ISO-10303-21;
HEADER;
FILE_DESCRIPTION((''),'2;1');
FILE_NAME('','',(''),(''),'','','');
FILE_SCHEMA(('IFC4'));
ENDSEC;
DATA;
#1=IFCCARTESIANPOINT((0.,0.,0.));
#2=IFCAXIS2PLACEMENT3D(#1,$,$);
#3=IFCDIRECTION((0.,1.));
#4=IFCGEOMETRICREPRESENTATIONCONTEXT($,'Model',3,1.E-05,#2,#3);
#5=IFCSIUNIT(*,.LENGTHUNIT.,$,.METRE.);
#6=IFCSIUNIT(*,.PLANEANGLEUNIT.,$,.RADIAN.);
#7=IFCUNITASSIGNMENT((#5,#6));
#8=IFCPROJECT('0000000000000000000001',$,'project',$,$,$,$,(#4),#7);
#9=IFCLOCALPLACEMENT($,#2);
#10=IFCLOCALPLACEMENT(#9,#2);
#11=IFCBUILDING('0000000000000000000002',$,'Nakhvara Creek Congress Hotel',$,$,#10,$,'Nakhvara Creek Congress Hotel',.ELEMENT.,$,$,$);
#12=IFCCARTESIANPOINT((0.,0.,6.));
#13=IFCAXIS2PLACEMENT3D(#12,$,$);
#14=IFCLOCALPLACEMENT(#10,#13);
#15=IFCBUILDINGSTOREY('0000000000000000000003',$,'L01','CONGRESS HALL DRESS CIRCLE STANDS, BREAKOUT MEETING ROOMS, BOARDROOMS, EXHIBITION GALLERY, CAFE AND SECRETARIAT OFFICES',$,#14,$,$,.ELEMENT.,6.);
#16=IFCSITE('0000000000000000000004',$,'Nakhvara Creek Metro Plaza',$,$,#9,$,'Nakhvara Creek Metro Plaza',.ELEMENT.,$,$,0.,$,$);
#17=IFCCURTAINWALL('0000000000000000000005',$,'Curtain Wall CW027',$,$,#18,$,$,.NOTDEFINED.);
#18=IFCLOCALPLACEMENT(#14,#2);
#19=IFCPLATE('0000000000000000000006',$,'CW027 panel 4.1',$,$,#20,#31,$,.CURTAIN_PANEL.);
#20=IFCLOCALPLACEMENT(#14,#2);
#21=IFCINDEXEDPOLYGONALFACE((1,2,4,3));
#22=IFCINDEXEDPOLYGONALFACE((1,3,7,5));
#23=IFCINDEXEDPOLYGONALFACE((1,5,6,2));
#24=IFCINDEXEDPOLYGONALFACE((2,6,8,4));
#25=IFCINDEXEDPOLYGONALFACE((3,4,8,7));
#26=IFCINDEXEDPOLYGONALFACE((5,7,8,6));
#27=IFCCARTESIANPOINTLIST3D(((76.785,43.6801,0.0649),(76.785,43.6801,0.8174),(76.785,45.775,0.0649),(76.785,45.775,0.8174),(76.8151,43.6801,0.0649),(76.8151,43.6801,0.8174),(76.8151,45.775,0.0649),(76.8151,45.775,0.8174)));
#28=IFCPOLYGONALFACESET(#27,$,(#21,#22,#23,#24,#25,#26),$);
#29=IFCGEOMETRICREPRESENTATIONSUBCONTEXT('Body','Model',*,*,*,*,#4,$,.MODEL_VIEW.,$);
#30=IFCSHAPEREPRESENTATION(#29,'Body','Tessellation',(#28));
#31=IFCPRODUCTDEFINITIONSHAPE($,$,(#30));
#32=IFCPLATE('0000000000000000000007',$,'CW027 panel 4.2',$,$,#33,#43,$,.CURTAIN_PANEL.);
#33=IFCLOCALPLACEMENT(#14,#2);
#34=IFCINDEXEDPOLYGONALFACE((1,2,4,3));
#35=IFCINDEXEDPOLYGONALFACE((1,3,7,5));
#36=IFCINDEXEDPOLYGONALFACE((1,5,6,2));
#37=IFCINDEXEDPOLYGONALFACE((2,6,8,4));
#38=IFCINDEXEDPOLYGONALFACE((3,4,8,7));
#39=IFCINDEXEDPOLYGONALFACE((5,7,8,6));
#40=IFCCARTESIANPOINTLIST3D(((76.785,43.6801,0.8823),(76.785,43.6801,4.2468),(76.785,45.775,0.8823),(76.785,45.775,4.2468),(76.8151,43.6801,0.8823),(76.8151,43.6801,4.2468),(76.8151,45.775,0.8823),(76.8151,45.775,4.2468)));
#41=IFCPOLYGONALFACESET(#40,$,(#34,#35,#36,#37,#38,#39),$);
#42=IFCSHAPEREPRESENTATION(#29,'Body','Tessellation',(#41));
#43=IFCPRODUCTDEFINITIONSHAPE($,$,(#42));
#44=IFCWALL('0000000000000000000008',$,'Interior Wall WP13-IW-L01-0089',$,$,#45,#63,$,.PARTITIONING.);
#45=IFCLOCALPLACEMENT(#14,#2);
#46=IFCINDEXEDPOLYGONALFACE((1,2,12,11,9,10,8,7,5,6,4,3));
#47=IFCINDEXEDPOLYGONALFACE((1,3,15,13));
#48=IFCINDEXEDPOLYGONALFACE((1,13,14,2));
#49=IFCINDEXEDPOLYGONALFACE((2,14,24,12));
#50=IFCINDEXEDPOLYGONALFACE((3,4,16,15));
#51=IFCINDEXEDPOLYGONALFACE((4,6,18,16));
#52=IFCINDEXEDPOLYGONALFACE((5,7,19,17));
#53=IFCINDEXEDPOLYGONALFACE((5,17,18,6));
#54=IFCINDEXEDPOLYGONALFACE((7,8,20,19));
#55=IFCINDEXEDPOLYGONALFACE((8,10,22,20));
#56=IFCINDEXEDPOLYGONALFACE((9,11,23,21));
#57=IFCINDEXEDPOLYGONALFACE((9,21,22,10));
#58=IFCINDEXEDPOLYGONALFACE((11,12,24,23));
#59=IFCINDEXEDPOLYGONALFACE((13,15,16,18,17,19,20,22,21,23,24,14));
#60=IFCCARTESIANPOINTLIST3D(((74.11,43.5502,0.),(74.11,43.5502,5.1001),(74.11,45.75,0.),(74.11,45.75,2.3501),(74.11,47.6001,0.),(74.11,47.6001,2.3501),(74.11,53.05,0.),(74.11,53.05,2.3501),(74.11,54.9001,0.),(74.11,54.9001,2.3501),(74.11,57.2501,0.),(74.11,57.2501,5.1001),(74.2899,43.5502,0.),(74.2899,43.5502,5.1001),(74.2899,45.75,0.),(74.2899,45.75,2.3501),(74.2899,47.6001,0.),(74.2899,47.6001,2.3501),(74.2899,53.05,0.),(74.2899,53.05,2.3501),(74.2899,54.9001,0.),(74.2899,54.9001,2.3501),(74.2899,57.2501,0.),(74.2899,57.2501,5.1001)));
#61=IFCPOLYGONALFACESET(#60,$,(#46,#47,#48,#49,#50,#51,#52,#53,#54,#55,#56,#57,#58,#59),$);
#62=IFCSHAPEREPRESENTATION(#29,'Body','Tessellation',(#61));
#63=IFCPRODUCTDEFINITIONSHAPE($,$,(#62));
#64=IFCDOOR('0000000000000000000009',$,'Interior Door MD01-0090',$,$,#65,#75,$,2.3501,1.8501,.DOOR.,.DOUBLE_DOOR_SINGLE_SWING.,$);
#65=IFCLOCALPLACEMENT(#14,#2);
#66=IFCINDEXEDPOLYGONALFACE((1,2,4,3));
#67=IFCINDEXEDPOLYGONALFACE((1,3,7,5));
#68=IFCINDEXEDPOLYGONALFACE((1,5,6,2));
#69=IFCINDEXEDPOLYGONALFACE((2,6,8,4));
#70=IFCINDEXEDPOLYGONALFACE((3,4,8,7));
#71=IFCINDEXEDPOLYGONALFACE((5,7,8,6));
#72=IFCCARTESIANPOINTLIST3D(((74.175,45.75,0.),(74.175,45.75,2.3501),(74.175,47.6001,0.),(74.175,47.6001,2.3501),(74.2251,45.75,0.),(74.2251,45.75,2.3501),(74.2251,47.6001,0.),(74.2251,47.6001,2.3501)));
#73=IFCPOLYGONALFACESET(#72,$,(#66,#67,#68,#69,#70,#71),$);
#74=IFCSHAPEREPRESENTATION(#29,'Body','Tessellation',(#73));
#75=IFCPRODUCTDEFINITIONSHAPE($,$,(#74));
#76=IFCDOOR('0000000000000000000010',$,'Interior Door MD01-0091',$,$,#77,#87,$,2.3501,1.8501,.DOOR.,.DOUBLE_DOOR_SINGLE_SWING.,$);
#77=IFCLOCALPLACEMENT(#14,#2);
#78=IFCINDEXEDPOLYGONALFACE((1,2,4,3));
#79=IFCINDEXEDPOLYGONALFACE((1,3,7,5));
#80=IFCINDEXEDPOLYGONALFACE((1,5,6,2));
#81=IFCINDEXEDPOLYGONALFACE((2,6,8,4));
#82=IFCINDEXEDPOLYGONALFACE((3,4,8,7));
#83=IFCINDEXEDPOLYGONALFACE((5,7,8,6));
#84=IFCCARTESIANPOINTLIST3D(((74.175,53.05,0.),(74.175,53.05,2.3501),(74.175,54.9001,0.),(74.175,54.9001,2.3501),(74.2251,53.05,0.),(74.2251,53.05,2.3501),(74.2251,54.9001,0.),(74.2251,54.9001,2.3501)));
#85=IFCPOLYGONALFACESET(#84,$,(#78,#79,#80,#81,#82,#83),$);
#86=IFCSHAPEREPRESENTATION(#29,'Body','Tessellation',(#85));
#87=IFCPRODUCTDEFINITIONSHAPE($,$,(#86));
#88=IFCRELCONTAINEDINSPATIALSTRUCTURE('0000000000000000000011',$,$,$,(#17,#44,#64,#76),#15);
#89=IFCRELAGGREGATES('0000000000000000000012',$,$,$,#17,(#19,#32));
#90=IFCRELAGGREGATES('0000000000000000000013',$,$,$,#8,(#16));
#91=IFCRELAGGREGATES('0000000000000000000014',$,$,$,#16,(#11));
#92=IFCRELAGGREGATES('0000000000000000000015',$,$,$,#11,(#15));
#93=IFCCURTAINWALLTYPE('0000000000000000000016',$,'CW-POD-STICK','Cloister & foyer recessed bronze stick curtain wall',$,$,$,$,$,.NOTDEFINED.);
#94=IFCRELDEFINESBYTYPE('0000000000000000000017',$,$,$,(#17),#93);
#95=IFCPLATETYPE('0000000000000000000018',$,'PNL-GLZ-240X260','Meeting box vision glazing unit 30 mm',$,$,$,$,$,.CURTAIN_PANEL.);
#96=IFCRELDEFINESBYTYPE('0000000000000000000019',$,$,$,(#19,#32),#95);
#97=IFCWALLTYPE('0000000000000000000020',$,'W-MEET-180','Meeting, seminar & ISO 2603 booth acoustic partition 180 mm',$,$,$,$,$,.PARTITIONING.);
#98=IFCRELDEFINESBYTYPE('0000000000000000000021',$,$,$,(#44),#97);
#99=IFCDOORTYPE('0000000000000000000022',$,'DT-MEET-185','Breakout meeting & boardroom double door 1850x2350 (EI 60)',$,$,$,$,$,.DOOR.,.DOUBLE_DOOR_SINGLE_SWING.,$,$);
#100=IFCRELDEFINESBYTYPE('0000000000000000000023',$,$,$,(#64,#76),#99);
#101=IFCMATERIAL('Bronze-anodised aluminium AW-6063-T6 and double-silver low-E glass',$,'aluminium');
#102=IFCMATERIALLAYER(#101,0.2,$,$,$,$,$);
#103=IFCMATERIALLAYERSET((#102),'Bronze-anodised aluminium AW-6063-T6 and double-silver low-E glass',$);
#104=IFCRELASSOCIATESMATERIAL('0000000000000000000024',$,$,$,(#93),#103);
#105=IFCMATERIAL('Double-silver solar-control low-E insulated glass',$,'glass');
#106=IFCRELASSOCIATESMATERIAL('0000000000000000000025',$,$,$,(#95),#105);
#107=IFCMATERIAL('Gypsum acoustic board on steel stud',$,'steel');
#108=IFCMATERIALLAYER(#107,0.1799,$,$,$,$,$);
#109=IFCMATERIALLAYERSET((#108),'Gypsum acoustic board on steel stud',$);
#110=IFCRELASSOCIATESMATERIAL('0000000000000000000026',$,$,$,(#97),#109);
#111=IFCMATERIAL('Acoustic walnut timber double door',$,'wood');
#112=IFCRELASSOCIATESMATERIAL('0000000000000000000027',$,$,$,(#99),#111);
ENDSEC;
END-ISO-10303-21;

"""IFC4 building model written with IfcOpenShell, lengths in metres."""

from ifc_helpers import new_model, si_unit, direction, frame, frame_2d, origin, origin_2d, place, context, subcontext, project, spatial, rectangle, extrude, material, layer, layer_set, type_object, element, fill, aggregate, save


model = new_model("IFC4")

# Units and contexts
model_context = context("Model", 3, precision=1e-05, world=origin(), true_north=direction((0.0, 1.0)))
body_context = subcontext(model_context, "Body", "Model", "MODEL_VIEW")
ifc_project = project(units=[si_unit("LENGTHUNIT", "METRE"), si_unit("PLANEANGLEUNIT", "RADIAN")], contexts=[model_context])

# Site, building, storey
site_placement = place(None, origin())
site = spatial("IfcSite", under=ifc_project, at=site_placement, Name="Nakhvara Creek Metro Plaza", LongName="Nakhvara Creek Metro Plaza", CompositionType="ELEMENT", RefElevation=0.0)
building_placement = place(site_placement, origin())
building = spatial("IfcBuilding", under=site, at=building_placement, Name="Nakhvara Creek Congress Hotel", LongName="Nakhvara Creek Congress Hotel", CompositionType="ELEMENT")
storey_placement = place(building_placement, frame((0.0, 0.0, 6.0)))
storey = spatial("IfcBuildingStorey", under=building, at=storey_placement, Name="L01", Description="CONGRESS HALL DRESS CIRCLE STANDS, BREAKOUT MEETING ROOMS, BOARDROOMS, EXHIBITION GALLERY, CAFE AND SECRETARIAT OFFICES", CompositionType="ELEMENT", Elevation=6.0)

# Curtain wall, plates
ifc_material_1 = material(Name="Bronze-anodised aluminium AW-6063-T6 and double-silver low-E glass", Category="aluminium")
ifc_layer_1 = layer(ifc_material_1, 0.2)
ifc_layer_set_1 = layer_set([ifc_layer_1], Name="Bronze-anodised aluminium AW-6063-T6 and double-silver low-E glass")
curtain_wall_type = type_object("IfcCurtainWallType", Name="CW-POD-STICK", Description="Cloister & foyer recessed bronze stick curtain wall", PredefinedType="NOTDEFINED", material=ifc_layer_set_1)
curtain_wall_placement = place(storey_placement, origin())
curtain_wall = element("IfcCurtainWall", 1, at=curtain_wall_placement, inside=storey, type_object=curtain_wall_type, Name="Curtain Wall CW027", PredefinedType="NOTDEFINED")
ifc_material_2 = material(Name="Double-silver solar-control low-E insulated glass", Category="glass")
plate_type = type_object("IfcPlateType", Name="PNL-GLZ-240X260", Description="Meeting box vision glazing unit 30 mm", PredefinedType="CURTAIN_PANEL", material=ifc_material_2)
plate_1_placement = place(storey_placement, frame((76.8, 44.7275, 0.0649), z_axis=(0.0, 0.0, 1.0), x_axis=(0.0, -1.0, 0.0)))
plate_1 = element("IfcPlate", 2, at=plate_1_placement, type_object=plate_type, Name="CW027 panel 4.1", PredefinedType="CURTAIN_PANEL", context=body_context, shape_type="SweptSolid", body=[
    extrude(rectangle(XDim=2.095, YDim=0.03, at=origin_2d()), origin(), (0.0, 0.0, 1.0), 0.7524),
])
plate_2_placement = place(storey_placement, frame((76.8, 44.7275, 0.8823), z_axis=(0.0, 0.0, 1.0), x_axis=(0.0, -1.0, 0.0)))
plate_2 = element("IfcPlate", 3, at=plate_2_placement, type_object=plate_type, Name="CW027 panel 4.2", PredefinedType="CURTAIN_PANEL", context=body_context, shape_type="SweptSolid", body=[
    extrude(rectangle(XDim=2.095, YDim=0.03, at=origin_2d()), origin(), (0.0, 0.0, 1.0), 3.3645),
])
aggregate(curtain_wall, [plate_1, plate_2])

# Wall, openings, doors
ifc_material_3 = material(Name="Gypsum acoustic board on steel stud", Category="steel")
ifc_layer_2 = layer(ifc_material_3, 0.1799)
ifc_layer_set_2 = layer_set([ifc_layer_2], Name="Gypsum acoustic board on steel stud")
wall_type = type_object("IfcWallType", Name="W-MEET-180", Description="Meeting, seminar & ISO 2603 booth acoustic partition 180 mm", PredefinedType="PARTITIONING", material=ifc_layer_set_2)
wall_placement = place(storey_placement, frame((74.2, 43.55, 0.0), z_axis=(0.0, 0.0, 1.0), x_axis=(0.0, 1.0, 0.0)))
wall = element("IfcWall", 4, at=wall_placement, inside=storey, type_object=wall_type, Name="Interior Wall WP13-IW-L01-0089", PredefinedType="PARTITIONING", context=body_context, shape_type="SweptSolid", body=[
    extrude(rectangle(XDim=13.7, YDim=0.1799, at=frame_2d((6.8501, 0.0))), origin(), (0.0, 0.0, 1.0), 5.1001),
])
opening_1_placement = place(wall_placement, frame((2.2, 0.0, 0.0)))
opening_1 = element("IfcOpeningElement", 5, at=opening_1_placement, cuts=wall, PredefinedType="OPENING", context=body_context, shape_type="SweptSolid", body=[
    extrude(rectangle(XDim=1.8501, YDim=2.3501, at=frame_2d((0.925, 1.175))), frame((0.0, 0.1021, 0.0), z_axis=(0.0, -1.0, 0.0), x_axis=(1.0, 0.0, 0.0)), (0.0, 0.0, 1.0), 0.2039),
])
opening_2_placement = place(wall_placement, frame((9.5, 0.0, 0.0)))
opening_2 = element("IfcOpeningElement", 6, at=opening_2_placement, cuts=wall, PredefinedType="OPENING", context=body_context, shape_type="SweptSolid", body=[
    extrude(rectangle(XDim=1.8501, YDim=2.3501, at=frame_2d((0.925, 1.175))), frame((0.0, 0.1021, 0.0), z_axis=(0.0, -1.0, 0.0), x_axis=(1.0, 0.0, 0.0)), (0.0, 0.0, 1.0), 0.2039),
])
ifc_material_4 = material(Name="Acoustic walnut timber double door", Category="wood")
door_type = type_object("IfcDoorType", Name="DT-MEET-185", Description="Breakout meeting & boardroom double door 1850x2350 (EI 60)", OperationType="DOUBLE_DOOR_SINGLE_SWING", PredefinedType="DOOR", material=ifc_material_4)
door_1_placement = place(opening_1_placement, origin())
door_1 = element("IfcDoor", 7, at=door_1_placement, inside=storey, type_object=door_type, Name="Interior Door MD01-0090", OperationType="DOUBLE_DOOR_SINGLE_SWING", OverallHeight=2.3501, OverallWidth=1.8501, PredefinedType="DOOR", context=body_context, shape_type="SweptSolid", body=[
    extrude(rectangle(XDim=1.8501, YDim=2.3501, at=frame_2d((0.925, 1.175))), frame((0.0, 0.0249, 0.0), z_axis=(0.0, -1.0, 0.0), x_axis=(1.0, 0.0, 0.0)), (0.0, 0.0, 1.0), 0.05),
])
fill(opening_1, door_1)
door_2_placement = place(opening_2_placement, origin())
door_2 = element("IfcDoor", 8, at=door_2_placement, inside=storey, type_object=door_type, Name="Interior Door MD01-0091", OperationType="DOUBLE_DOOR_SINGLE_SWING", OverallHeight=2.3501, OverallWidth=1.8501, PredefinedType="DOOR", context=body_context, shape_type="SweptSolid", body=[
    extrude(rectangle(XDim=1.8501, YDim=2.3501, at=frame_2d((0.925, 1.175))), frame((0.0, 0.0249, 0.0), z_axis=(0.0, -1.0, 0.0), x_axis=(1.0, 0.0, 0.0)), (0.0, 0.0, 1.0), 0.05),
])
fill(opening_2, door_2)

save(model, "model.ifc")
